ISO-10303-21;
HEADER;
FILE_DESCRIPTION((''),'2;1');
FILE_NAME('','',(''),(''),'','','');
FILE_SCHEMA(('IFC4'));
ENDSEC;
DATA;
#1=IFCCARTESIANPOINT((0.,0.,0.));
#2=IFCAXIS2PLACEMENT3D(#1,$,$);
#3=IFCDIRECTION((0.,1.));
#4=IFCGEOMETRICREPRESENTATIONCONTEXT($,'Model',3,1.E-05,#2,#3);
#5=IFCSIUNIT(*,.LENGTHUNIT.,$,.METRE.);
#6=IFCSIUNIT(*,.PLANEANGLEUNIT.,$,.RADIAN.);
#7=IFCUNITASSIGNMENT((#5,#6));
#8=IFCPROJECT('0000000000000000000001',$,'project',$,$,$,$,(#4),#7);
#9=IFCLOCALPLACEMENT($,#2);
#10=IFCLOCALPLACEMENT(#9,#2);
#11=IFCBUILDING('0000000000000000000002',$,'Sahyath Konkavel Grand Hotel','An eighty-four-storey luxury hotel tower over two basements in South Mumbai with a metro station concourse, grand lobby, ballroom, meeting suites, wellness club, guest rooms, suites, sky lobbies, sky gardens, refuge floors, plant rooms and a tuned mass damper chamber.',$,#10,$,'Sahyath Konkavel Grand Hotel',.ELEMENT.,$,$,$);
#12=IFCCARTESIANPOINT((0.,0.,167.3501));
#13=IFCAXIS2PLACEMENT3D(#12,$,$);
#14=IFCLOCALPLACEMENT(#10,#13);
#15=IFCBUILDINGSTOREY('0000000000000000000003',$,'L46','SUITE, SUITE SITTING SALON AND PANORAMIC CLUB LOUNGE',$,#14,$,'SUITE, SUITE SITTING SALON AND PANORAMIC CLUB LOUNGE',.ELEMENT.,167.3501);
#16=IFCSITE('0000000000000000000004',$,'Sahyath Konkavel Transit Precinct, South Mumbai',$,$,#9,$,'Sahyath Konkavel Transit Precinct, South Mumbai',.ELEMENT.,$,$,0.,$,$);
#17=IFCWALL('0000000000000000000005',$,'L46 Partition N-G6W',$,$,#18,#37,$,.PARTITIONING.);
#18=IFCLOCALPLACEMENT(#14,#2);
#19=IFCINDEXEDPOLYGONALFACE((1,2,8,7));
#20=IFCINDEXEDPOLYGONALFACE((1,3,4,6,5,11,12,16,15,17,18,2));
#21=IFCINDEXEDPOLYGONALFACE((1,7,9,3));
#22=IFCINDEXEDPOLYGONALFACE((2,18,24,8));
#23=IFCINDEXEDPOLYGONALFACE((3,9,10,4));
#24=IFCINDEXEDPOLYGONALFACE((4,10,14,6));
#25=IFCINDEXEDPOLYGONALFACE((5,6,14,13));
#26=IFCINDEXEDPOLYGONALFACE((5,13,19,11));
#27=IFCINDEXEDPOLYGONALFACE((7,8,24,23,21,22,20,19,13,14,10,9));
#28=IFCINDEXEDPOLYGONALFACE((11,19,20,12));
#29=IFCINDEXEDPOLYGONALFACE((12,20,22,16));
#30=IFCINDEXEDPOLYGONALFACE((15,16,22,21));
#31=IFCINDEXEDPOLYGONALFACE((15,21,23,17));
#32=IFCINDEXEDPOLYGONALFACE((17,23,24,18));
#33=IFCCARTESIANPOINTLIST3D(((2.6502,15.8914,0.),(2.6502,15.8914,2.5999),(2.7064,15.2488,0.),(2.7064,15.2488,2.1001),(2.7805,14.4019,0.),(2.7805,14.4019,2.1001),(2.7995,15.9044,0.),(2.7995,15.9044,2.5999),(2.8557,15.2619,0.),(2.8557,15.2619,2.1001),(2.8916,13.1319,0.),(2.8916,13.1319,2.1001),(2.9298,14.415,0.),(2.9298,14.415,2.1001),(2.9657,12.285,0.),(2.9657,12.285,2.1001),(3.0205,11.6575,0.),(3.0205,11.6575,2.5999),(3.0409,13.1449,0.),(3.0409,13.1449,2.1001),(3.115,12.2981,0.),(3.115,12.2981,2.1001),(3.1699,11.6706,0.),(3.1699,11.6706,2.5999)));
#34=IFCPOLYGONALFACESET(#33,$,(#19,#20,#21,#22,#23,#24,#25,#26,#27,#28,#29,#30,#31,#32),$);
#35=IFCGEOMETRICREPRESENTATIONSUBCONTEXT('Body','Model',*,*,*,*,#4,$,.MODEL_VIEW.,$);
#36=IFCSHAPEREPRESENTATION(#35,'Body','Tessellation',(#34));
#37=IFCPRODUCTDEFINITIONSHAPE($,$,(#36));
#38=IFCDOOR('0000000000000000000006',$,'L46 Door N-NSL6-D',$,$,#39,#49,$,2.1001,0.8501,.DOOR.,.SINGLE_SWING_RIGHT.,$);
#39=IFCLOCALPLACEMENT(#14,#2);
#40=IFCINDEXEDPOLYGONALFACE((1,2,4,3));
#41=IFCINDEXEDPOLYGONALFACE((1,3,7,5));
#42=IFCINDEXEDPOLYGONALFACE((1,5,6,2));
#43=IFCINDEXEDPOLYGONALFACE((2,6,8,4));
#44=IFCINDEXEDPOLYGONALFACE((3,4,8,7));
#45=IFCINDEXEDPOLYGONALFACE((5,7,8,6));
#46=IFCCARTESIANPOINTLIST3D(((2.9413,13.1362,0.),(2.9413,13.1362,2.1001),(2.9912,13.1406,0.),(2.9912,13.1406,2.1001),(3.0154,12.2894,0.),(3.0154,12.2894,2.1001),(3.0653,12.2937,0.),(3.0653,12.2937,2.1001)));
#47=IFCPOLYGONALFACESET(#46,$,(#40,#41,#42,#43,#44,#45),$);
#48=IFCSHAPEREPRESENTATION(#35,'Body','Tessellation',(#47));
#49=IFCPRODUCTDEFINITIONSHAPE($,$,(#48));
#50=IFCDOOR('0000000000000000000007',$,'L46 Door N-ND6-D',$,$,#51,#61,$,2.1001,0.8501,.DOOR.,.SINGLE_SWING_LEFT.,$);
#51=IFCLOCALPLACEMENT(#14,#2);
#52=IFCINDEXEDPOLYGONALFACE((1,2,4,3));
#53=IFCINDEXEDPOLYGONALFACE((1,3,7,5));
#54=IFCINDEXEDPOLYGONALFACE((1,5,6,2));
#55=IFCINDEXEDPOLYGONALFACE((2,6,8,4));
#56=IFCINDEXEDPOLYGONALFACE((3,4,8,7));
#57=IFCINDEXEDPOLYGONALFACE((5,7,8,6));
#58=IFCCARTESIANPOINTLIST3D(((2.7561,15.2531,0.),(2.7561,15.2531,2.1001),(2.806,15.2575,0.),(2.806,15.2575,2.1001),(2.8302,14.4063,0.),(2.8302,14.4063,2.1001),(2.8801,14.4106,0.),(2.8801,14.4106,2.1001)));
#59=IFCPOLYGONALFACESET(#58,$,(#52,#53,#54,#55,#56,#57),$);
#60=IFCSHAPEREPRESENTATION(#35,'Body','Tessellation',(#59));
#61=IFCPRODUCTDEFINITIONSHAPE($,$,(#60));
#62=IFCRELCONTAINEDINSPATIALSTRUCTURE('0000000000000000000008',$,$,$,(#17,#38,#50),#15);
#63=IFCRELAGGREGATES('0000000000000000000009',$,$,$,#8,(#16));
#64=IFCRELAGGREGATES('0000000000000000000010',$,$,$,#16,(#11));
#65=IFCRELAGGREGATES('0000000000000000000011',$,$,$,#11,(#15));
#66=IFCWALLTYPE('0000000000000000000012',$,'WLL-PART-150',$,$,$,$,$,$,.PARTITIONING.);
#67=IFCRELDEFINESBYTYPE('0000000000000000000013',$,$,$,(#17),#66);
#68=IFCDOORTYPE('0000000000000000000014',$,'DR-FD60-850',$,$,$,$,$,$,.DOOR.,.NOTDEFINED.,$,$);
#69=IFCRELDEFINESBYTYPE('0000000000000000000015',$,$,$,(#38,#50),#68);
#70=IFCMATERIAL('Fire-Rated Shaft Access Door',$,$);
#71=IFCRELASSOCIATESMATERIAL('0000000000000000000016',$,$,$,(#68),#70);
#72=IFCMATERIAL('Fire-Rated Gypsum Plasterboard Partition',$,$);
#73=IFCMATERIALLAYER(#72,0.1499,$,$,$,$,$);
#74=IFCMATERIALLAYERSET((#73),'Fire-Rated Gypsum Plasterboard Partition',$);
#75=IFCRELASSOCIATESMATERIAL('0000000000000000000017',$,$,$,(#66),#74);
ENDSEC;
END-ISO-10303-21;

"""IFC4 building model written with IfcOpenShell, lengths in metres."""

from ifc_helpers import new_model, si_unit, direction, frame, frame_2d, origin, origin_2d, place, context, subcontext, project, spatial, rectangle, extrude, source, transform, mapped, material, layer, layer_set, type_object, element, fill, save


model = new_model("IFC4")

# Units and contexts
model_context = context("Model", 3, precision=1e-05, world=origin(), true_north=direction((0.0, 1.0)))
body_context = subcontext(model_context, "Body", "Model", "MODEL_VIEW")
ifc_project = project(units=[si_unit("LENGTHUNIT", "METRE"), si_unit("PLANEANGLEUNIT", "RADIAN")], contexts=[model_context])

# Site, building, storey
site_placement = place(None, origin())
site = spatial("IfcSite", under=ifc_project, at=site_placement, Name="Sahyath Konkavel Transit Precinct, South Mumbai", LongName="Sahyath Konkavel Transit Precinct, South Mumbai", CompositionType="ELEMENT", RefElevation=0.0)
building_placement = place(site_placement, origin())
building = spatial("IfcBuilding", under=site, at=building_placement, Name="Sahyath Konkavel Grand Hotel", Description="An eighty-four-storey luxury hotel tower over two basements in South Mumbai with a metro station concourse, grand lobby, ballroom, meeting suites, wellness club, guest rooms, suites, sky lobbies, sky gardens, refuge floors, plant rooms and a tuned mass damper chamber.", LongName="Sahyath Konkavel Grand Hotel", CompositionType="ELEMENT")
storey_placement = place(building_placement, frame((0.0, 0.0, 167.3501)))
storey = spatial("IfcBuildingStorey", under=building, at=storey_placement, Name="L46", Description="SUITE, SUITE SITTING SALON AND PANORAMIC CLUB LOUNGE", LongName="SUITE, SUITE SITTING SALON AND PANORAMIC CLUB LOUNGE", CompositionType="ELEMENT", Elevation=167.3501)

# Shared definitions
ifc_material_1 = material(Name="Fire-Rated Shaft Access Door")
door_type = type_object("IfcDoorType", Name="DR-FD60-850", OperationType="NOTDEFINED", PredefinedType="DOOR", material=ifc_material_1)
shared_shape_1 = source(origin(), body_context, "Body", "SweptSolid", [
    extrude(rectangle(XDim=0.8501, YDim=0.05, at=origin_2d()), origin(), (0.0, 0.0, 1.0), 2.1001),
])

# Wall, openings, doors
ifc_material_2 = material(Name="Fire-Rated Gypsum Plasterboard Partition")
ifc_layer_1 = layer(ifc_material_2, 0.1499)
ifc_layer_set_1 = layer_set([ifc_layer_1], Name="Fire-Rated Gypsum Plasterboard Partition")
wall_type_1 = type_object("IfcWallType", Name="WLL-PART-150", PredefinedType="PARTITIONING", material=ifc_layer_set_1)
wall_1_placement = place(storey_placement, frame((3.0952, 11.6641, 0.0), z_axis=(0.0, 0.0, 1.0), x_axis=(-0.087143, 0.996196, 0.0)))
wall_1 = element("IfcWall", 1, at=wall_1_placement, inside=storey, type_object=wall_type_1, Name="L46 Partition N-G6W", PredefinedType="PARTITIONING", context=body_context, shape_type="SweptSolid", body=[
    extrude(rectangle(XDim=4.25, YDim=0.1499, at=frame_2d((2.125, 0.0))), origin(), (0.0, 0.0, 1.0), 2.5999),
])
opening_1_placement = place(wall_1_placement, frame((0.6299, 0.0, 0.0)))
opening_1 = element("IfcOpeningElement", 2, at=opening_1_placement, cuts=wall_1, PredefinedType="OPENING", context=body_context, shape_type="SweptSolid", body=[
    extrude(rectangle(XDim=0.8501, YDim=2.1001, at=frame_2d((0.425, 1.05))), frame((0.0, 0.085, 0.0), z_axis=(0.0, -1.0, 0.0), x_axis=(1.0, 0.0, 0.0)), (0.0, 0.0, 1.0), 0.1699),
])
opening_2_placement = place(wall_1_placement, frame((2.7549, 0.0, 0.0)))
opening_2 = element("IfcOpeningElement", 3, at=opening_2_placement, cuts=wall_1, PredefinedType="OPENING", context=body_context, shape_type="SweptSolid", body=[
    extrude(rectangle(XDim=0.8501, YDim=2.1001, at=frame_2d((0.425, 1.05))), frame((0.0, 0.085, 0.0), z_axis=(0.0, -1.0, 0.0), x_axis=(1.0, 0.0, 0.0)), (0.0, 0.0, 1.0), 0.1699),
])
door_1_placement = place(opening_1_placement, frame((0.425, 0.0, 0.0)))
door_1 = element("IfcDoor", 4, at=door_1_placement, inside=storey, type_object=door_type, Name="L46 Door N-NSL6-D", OperationType="SINGLE_SWING_RIGHT", OverallHeight=2.1001, OverallWidth=0.8501, PredefinedType="DOOR", context=body_context, shape_type="MappedRepresentation", body=[
    mapped(shared_shape_1, transform((0.0, 0.0, 0.0), scale=1.0)),
])
fill(opening_1, door_1)
door_2_placement = place(opening_2_placement, frame((0.425, 0.0, 0.0)))
door_2 = element("IfcDoor", 5, at=door_2_placement, inside=storey, type_object=door_type, Name="L46 Door N-ND6-D", OperationType="SINGLE_SWING_LEFT", OverallHeight=2.1001, OverallWidth=0.8501, PredefinedType="DOOR", context=body_context, shape_type="MappedRepresentation", body=[
    mapped(shared_shape_1, transform((0.0, 0.0, 0.0), scale=1.0)),
])
fill(opening_2, door_2)

save(model, "model.ifc")
